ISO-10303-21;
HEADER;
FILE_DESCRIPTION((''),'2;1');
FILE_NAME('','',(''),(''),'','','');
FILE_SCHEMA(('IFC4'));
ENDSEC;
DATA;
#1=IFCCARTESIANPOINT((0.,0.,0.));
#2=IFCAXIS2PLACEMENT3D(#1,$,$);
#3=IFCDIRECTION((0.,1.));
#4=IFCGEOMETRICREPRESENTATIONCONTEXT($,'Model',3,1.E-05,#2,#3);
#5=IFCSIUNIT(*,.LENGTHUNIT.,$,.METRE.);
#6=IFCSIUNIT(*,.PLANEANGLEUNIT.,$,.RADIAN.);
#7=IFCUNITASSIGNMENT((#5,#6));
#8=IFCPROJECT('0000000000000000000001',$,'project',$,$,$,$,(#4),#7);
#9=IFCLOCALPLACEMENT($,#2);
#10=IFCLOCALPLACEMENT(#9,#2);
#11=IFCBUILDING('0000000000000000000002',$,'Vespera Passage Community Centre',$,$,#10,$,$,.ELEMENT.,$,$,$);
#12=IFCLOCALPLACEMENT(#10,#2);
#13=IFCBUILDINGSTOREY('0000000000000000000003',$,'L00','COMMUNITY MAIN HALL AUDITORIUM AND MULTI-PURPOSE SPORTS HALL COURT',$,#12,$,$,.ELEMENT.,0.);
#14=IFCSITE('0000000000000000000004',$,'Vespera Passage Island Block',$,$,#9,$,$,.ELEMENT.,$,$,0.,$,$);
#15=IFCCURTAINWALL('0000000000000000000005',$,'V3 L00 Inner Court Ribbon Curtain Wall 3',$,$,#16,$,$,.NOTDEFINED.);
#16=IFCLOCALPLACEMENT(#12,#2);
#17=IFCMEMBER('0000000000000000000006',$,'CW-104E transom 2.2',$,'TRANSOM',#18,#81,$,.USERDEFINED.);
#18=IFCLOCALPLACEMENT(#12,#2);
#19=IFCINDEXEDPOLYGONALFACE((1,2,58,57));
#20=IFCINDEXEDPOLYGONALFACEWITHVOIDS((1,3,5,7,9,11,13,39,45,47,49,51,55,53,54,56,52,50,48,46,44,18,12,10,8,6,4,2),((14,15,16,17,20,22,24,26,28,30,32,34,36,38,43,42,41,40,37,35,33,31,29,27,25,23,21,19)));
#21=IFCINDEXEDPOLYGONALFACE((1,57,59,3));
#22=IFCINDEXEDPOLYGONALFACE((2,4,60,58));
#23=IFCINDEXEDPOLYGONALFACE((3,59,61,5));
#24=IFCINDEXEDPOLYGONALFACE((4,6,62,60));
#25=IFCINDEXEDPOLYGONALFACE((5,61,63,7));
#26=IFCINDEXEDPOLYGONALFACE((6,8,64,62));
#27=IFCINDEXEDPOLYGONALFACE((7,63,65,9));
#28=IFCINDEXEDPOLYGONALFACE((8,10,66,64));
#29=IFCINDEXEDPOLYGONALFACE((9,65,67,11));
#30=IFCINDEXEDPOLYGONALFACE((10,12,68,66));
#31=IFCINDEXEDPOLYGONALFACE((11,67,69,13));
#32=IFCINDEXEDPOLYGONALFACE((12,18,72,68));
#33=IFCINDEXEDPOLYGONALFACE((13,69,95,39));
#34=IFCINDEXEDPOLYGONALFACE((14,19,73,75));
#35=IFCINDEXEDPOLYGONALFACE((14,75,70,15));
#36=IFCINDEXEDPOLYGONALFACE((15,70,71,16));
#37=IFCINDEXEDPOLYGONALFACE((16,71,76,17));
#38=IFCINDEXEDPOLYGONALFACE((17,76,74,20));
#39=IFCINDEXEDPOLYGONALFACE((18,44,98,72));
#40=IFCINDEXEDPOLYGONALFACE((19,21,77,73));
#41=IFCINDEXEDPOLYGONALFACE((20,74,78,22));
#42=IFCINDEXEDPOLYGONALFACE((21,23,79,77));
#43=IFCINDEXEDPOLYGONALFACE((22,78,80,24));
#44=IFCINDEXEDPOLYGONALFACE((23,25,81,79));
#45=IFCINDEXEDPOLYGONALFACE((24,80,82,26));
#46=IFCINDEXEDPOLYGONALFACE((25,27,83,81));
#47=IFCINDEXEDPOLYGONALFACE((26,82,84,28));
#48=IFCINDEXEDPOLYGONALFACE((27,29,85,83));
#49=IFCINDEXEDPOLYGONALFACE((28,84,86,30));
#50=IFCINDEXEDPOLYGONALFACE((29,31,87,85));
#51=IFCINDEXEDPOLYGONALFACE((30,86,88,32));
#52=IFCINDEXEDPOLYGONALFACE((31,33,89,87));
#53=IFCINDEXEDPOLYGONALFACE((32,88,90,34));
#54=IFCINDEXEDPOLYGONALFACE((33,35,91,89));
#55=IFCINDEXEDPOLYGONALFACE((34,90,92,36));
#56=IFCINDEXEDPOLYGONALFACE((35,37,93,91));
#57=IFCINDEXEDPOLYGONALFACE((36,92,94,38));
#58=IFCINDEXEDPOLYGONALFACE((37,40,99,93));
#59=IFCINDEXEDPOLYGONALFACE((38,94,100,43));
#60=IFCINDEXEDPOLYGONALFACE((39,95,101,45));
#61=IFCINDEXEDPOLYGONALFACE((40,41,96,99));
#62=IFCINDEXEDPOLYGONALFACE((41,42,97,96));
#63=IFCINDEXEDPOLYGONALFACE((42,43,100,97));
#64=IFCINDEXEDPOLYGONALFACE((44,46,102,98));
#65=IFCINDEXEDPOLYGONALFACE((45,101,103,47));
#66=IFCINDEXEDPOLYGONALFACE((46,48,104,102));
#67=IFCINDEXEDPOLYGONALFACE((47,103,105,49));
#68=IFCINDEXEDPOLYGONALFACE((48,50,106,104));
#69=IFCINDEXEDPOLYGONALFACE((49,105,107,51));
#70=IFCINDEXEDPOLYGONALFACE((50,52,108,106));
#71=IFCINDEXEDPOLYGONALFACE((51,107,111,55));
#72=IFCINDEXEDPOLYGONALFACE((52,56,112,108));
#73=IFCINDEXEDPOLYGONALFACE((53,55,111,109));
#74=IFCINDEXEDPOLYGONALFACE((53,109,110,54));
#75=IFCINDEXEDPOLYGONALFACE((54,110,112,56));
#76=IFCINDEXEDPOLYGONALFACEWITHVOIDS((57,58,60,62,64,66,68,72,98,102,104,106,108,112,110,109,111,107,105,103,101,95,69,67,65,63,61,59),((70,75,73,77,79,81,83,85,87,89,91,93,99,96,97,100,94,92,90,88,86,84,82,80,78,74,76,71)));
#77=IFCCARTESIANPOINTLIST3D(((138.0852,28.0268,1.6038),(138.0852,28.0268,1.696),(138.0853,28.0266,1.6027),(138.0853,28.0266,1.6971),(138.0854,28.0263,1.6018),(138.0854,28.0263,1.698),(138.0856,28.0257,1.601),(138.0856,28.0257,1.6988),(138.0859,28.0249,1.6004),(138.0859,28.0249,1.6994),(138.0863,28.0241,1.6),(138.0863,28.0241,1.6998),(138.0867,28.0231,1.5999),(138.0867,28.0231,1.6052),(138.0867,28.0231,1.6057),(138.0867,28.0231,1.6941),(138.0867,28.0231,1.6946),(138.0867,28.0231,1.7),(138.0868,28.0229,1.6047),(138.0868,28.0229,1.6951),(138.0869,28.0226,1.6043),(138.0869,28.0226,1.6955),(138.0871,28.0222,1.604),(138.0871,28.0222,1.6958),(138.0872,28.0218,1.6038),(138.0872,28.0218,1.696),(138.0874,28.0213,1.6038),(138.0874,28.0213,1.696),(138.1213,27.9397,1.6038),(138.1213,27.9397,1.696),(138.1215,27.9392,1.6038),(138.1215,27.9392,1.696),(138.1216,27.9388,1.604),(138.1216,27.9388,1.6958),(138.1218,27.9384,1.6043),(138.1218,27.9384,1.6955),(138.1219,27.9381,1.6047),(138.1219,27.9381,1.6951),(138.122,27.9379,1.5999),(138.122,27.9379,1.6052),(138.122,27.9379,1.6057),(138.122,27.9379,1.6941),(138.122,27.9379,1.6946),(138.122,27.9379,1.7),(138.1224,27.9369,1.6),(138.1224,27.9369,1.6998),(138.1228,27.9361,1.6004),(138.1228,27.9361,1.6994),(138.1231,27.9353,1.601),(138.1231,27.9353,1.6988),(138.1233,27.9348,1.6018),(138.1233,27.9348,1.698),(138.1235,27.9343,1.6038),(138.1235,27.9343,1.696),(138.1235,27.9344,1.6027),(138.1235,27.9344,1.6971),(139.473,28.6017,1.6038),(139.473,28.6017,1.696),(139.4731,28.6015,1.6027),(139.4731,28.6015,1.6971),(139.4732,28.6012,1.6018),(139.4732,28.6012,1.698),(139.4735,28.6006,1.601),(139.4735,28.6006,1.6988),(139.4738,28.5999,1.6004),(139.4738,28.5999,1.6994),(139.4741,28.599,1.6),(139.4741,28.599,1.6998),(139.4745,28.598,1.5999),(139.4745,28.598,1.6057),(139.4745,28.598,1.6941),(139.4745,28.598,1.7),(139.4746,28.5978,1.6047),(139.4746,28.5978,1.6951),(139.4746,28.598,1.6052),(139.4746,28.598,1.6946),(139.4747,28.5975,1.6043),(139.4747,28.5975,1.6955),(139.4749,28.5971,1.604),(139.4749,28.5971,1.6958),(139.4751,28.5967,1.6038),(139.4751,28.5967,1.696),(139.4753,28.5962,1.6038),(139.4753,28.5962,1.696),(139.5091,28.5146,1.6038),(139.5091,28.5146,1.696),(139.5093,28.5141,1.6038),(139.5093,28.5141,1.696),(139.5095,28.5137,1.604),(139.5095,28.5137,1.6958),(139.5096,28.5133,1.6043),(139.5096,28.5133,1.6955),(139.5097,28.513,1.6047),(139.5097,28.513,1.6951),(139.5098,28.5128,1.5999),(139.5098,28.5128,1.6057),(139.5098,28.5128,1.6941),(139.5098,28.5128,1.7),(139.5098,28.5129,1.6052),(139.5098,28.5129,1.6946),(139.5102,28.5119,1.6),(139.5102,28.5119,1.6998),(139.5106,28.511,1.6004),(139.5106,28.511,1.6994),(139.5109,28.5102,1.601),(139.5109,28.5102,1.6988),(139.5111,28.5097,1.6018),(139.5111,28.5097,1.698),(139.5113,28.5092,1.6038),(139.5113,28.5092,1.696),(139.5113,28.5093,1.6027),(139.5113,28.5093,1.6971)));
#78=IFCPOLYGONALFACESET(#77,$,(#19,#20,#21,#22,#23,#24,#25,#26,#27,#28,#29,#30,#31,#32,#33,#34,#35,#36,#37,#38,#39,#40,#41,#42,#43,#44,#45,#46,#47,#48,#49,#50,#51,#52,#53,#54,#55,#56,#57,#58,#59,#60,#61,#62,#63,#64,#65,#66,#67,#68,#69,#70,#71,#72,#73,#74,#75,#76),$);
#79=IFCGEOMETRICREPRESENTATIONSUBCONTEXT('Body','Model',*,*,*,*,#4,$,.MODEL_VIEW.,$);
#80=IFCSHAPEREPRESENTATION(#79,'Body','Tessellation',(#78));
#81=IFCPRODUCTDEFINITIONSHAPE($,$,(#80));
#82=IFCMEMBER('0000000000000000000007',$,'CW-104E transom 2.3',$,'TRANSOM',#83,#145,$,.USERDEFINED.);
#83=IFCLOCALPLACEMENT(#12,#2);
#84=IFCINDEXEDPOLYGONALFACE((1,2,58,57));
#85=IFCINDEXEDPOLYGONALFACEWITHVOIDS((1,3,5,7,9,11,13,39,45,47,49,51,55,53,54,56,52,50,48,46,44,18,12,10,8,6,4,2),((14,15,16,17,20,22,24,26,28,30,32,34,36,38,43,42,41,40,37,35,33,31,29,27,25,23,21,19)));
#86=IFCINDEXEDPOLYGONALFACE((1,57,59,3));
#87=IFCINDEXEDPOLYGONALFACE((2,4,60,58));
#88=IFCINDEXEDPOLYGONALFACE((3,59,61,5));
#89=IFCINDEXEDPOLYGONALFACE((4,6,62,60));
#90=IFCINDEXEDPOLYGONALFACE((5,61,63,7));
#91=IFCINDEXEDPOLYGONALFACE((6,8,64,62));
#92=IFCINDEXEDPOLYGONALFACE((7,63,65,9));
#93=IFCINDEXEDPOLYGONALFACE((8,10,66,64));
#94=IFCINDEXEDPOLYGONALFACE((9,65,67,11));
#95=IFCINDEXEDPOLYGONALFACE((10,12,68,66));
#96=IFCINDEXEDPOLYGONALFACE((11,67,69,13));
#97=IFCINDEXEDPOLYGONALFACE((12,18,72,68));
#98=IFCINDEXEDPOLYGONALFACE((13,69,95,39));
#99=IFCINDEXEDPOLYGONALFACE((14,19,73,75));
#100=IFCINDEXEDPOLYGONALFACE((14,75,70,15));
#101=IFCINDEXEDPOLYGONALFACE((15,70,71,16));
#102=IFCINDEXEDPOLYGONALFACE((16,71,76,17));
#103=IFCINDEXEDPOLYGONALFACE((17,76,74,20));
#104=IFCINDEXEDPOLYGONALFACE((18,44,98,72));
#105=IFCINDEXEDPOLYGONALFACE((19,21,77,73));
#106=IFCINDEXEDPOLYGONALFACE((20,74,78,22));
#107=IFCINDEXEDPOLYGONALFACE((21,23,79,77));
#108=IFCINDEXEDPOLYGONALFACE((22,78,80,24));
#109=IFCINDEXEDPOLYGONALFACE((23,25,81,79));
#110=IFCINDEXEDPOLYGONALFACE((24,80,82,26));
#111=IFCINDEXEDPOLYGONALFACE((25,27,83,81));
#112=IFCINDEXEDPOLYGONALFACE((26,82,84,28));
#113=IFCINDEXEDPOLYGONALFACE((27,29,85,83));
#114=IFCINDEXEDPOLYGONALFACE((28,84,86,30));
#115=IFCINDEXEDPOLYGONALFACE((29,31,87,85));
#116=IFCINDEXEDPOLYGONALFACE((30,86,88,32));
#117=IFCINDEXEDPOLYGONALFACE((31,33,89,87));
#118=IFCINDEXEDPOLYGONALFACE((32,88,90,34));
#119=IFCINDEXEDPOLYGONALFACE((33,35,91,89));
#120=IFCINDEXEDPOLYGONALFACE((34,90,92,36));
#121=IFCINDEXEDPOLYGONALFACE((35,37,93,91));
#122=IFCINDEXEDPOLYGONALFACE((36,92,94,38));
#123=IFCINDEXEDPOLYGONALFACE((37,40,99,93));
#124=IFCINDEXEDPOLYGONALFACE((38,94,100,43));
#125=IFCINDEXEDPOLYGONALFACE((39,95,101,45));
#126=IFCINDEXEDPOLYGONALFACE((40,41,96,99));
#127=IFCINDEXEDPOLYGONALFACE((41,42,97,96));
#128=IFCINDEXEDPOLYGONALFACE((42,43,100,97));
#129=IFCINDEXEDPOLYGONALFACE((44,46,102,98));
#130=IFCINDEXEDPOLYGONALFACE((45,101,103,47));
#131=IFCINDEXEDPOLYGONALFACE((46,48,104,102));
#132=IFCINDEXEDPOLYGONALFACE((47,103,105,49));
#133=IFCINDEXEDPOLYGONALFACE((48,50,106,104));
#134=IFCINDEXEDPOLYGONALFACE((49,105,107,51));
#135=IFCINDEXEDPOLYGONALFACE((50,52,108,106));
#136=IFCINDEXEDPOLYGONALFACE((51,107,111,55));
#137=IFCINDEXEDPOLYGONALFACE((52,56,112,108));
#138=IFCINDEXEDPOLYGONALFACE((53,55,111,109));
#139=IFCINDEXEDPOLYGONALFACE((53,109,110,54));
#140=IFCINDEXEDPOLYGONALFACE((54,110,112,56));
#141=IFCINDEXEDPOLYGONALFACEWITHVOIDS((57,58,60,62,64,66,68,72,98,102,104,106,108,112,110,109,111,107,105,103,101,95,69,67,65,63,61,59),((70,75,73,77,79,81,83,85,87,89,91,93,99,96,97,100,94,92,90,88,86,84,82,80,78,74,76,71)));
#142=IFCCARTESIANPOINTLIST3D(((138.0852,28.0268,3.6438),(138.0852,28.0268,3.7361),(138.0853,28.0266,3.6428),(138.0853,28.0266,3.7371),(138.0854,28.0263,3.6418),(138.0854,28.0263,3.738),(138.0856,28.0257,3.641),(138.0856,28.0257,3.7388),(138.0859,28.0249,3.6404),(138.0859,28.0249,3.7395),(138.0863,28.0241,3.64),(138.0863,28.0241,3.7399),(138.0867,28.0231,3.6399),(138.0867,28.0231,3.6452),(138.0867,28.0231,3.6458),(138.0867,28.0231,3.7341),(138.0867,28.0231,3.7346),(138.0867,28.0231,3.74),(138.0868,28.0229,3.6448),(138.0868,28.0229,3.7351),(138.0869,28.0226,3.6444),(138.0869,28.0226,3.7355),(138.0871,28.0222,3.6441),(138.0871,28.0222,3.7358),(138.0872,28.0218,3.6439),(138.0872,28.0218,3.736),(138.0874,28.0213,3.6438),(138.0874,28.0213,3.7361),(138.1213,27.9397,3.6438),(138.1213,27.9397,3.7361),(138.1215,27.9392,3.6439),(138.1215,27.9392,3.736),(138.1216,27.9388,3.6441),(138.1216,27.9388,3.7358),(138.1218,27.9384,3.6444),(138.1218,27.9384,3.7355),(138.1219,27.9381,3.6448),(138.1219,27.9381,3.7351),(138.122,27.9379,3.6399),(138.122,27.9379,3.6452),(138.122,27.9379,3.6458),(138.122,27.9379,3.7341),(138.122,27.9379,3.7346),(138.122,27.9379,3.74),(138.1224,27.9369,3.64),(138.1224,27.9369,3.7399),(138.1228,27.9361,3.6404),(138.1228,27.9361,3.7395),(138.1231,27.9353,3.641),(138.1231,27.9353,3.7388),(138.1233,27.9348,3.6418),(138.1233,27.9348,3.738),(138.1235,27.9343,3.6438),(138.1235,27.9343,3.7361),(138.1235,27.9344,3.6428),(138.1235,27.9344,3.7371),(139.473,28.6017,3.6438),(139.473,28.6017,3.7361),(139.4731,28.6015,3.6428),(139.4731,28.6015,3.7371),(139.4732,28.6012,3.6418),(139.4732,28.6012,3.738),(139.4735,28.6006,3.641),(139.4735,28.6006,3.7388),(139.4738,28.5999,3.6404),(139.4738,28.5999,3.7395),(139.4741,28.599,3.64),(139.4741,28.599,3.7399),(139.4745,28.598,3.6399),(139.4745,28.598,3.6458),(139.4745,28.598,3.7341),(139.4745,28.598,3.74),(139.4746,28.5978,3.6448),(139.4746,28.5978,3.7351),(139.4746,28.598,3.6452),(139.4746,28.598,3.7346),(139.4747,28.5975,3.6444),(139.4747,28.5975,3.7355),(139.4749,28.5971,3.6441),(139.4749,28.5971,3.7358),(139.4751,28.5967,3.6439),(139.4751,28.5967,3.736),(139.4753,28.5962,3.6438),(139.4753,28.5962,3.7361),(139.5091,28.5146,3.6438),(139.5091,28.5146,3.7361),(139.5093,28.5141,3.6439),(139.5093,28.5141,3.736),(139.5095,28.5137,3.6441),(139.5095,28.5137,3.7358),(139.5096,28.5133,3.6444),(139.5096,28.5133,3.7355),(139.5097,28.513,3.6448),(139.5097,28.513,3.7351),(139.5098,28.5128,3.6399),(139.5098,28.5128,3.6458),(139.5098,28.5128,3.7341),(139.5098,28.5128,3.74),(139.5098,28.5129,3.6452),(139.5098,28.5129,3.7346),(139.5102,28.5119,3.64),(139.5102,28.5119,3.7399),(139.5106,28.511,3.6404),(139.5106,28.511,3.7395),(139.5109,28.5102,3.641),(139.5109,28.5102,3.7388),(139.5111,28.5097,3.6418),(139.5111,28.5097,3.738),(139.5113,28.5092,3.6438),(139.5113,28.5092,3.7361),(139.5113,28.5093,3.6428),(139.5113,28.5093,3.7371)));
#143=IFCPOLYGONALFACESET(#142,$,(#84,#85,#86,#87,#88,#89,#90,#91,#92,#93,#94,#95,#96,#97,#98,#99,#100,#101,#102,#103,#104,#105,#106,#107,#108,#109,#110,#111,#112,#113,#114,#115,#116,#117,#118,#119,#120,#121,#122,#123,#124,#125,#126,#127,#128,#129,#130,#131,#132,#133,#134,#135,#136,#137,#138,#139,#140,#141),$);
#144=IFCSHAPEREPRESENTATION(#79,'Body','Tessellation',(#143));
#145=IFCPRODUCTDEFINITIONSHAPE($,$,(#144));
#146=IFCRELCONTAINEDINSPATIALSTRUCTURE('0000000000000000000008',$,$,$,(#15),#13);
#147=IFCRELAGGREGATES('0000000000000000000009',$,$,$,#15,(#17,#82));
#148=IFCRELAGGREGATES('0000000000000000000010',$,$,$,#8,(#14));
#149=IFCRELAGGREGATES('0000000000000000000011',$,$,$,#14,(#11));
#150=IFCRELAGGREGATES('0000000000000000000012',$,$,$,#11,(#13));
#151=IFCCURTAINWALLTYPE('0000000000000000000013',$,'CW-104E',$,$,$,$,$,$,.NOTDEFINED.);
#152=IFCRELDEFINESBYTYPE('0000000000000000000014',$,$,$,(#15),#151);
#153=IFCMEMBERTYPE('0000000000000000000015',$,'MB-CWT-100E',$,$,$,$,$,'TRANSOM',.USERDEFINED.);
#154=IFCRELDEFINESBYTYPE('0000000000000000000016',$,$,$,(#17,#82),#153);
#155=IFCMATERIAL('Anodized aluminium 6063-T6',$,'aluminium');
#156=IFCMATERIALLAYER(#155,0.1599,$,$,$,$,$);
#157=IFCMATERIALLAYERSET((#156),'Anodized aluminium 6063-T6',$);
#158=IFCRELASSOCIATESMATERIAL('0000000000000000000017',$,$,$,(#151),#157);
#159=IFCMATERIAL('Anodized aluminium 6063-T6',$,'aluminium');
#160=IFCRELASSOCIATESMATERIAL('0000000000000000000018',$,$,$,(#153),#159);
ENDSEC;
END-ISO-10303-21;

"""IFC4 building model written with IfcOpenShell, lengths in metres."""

from ifc_helpers import new_model, si_unit, direction, frame, origin, origin_2d, place, context, subcontext, project, spatial, hollow_rectangle, extrude, material, layer, layer_set, material_profile, profile_set, type_object, element, aggregate, save


model = new_model("IFC4")

# Units and contexts
model_context = context("Model", 3, precision=1e-05, world=origin(), true_north=direction((0.0, 1.0)))
body_context = subcontext(model_context, "Body", "Model", "MODEL_VIEW")
ifc_project = project(units=[si_unit("LENGTHUNIT", "METRE"), si_unit("PLANEANGLEUNIT", "RADIAN")], contexts=[model_context])

# Site, building, storey
site_placement = place(None, origin())
site = spatial("IfcSite", under=ifc_project, at=site_placement, Name="Vespera Passage Island Block", CompositionType="ELEMENT", RefElevation=0.0)
building_placement = place(site_placement, origin())
building = spatial("IfcBuilding", under=site, at=building_placement, Name="Vespera Passage Community Centre", CompositionType="ELEMENT")
storey_placement = place(building_placement, origin())
storey = spatial("IfcBuildingStorey", under=building, at=storey_placement, Name="L00", Description="COMMUNITY MAIN HALL AUDITORIUM AND MULTI-PURPOSE SPORTS HALL COURT", CompositionType="ELEMENT", Elevation=0.0)

# Curtain wall
ifc_material_1 = material(Name="Anodized aluminium 6063-T6", Category="aluminium")
ifc_layer_1 = layer(ifc_material_1, 0.1599)
ifc_layer_set_1 = layer_set([ifc_layer_1], Name="Anodized aluminium 6063-T6")
curtain_wall_type = type_object("IfcCurtainWallType", Name="CW-104E", PredefinedType="NOTDEFINED", material=ifc_layer_set_1)
curtain_wall_1_placement = place(storey_placement, origin())
curtain_wall_1 = element("IfcCurtainWall", 1, at=curtain_wall_1_placement, inside=storey, type_object=curtain_wall_type, Name="V3 L00 Inner Court Ribbon Curtain Wall 3", PredefinedType="NOTDEFINED")

# Members
ifc_material_2 = material(Name="Anodized aluminium 6063-T6", Category="aluminium")
ifc_material_profile_1 = material_profile(ifc_material_2, hollow_rectangle(XDim=0.1001, YDim=0.1001, WallThickness=0.0039, InnerFilletRadius=0.002, OuterFilletRadius=0.0039, at=origin_2d()), Name="ALU100X100X4")
ifc_profile_set_1 = profile_set([ifc_material_profile_1], Name="Anodized aluminium 6063-T6")
member_type_1 = type_object("IfcMemberType", Name="MB-CWT-100E", ElementType="TRANSOM", PredefinedType="USERDEFINED", material=ifc_profile_set_1)
member_1_placement = place(storey_placement, frame((139.4922, 28.5554, 1.6499), z_axis=(-0.923868, -0.382711, 0.0), x_axis=(0.382711, -0.923868, 0.0)))
member_1 = element("IfcMember", 2, at=member_1_placement, type_object=member_type_1, Name="CW-104E transom 2.2", ObjectType="TRANSOM", PredefinedType="USERDEFINED", context=body_context, shape_type="SweptSolid", body=[
    extrude(hollow_rectangle(XDim=0.1001, YDim=0.1001, WallThickness=0.0039, InnerFilletRadius=0.002, OuterFilletRadius=0.0039, at=origin_2d()), origin(), (0.0, 0.0, 1.0), 1.5022),
])
member_2_placement = place(storey_placement, frame((139.4922, 28.5554, 3.6899), z_axis=(-0.923868, -0.382711, 0.0), x_axis=(0.382711, -0.923868, 0.0)))
member_2 = element("IfcMember", 3, at=member_2_placement, type_object=member_type_1, Name="CW-104E transom 2.3", ObjectType="TRANSOM", PredefinedType="USERDEFINED", context=body_context, shape_type="SweptSolid", body=[
    extrude(hollow_rectangle(XDim=0.1001, YDim=0.1001, WallThickness=0.0039, InnerFilletRadius=0.002, OuterFilletRadius=0.0039, at=origin_2d()), origin(), (0.0, 0.0, 1.0), 1.5022),
])

aggregate(curtain_wall_1, [member_1, member_2])

save(model, "model.ifc")
